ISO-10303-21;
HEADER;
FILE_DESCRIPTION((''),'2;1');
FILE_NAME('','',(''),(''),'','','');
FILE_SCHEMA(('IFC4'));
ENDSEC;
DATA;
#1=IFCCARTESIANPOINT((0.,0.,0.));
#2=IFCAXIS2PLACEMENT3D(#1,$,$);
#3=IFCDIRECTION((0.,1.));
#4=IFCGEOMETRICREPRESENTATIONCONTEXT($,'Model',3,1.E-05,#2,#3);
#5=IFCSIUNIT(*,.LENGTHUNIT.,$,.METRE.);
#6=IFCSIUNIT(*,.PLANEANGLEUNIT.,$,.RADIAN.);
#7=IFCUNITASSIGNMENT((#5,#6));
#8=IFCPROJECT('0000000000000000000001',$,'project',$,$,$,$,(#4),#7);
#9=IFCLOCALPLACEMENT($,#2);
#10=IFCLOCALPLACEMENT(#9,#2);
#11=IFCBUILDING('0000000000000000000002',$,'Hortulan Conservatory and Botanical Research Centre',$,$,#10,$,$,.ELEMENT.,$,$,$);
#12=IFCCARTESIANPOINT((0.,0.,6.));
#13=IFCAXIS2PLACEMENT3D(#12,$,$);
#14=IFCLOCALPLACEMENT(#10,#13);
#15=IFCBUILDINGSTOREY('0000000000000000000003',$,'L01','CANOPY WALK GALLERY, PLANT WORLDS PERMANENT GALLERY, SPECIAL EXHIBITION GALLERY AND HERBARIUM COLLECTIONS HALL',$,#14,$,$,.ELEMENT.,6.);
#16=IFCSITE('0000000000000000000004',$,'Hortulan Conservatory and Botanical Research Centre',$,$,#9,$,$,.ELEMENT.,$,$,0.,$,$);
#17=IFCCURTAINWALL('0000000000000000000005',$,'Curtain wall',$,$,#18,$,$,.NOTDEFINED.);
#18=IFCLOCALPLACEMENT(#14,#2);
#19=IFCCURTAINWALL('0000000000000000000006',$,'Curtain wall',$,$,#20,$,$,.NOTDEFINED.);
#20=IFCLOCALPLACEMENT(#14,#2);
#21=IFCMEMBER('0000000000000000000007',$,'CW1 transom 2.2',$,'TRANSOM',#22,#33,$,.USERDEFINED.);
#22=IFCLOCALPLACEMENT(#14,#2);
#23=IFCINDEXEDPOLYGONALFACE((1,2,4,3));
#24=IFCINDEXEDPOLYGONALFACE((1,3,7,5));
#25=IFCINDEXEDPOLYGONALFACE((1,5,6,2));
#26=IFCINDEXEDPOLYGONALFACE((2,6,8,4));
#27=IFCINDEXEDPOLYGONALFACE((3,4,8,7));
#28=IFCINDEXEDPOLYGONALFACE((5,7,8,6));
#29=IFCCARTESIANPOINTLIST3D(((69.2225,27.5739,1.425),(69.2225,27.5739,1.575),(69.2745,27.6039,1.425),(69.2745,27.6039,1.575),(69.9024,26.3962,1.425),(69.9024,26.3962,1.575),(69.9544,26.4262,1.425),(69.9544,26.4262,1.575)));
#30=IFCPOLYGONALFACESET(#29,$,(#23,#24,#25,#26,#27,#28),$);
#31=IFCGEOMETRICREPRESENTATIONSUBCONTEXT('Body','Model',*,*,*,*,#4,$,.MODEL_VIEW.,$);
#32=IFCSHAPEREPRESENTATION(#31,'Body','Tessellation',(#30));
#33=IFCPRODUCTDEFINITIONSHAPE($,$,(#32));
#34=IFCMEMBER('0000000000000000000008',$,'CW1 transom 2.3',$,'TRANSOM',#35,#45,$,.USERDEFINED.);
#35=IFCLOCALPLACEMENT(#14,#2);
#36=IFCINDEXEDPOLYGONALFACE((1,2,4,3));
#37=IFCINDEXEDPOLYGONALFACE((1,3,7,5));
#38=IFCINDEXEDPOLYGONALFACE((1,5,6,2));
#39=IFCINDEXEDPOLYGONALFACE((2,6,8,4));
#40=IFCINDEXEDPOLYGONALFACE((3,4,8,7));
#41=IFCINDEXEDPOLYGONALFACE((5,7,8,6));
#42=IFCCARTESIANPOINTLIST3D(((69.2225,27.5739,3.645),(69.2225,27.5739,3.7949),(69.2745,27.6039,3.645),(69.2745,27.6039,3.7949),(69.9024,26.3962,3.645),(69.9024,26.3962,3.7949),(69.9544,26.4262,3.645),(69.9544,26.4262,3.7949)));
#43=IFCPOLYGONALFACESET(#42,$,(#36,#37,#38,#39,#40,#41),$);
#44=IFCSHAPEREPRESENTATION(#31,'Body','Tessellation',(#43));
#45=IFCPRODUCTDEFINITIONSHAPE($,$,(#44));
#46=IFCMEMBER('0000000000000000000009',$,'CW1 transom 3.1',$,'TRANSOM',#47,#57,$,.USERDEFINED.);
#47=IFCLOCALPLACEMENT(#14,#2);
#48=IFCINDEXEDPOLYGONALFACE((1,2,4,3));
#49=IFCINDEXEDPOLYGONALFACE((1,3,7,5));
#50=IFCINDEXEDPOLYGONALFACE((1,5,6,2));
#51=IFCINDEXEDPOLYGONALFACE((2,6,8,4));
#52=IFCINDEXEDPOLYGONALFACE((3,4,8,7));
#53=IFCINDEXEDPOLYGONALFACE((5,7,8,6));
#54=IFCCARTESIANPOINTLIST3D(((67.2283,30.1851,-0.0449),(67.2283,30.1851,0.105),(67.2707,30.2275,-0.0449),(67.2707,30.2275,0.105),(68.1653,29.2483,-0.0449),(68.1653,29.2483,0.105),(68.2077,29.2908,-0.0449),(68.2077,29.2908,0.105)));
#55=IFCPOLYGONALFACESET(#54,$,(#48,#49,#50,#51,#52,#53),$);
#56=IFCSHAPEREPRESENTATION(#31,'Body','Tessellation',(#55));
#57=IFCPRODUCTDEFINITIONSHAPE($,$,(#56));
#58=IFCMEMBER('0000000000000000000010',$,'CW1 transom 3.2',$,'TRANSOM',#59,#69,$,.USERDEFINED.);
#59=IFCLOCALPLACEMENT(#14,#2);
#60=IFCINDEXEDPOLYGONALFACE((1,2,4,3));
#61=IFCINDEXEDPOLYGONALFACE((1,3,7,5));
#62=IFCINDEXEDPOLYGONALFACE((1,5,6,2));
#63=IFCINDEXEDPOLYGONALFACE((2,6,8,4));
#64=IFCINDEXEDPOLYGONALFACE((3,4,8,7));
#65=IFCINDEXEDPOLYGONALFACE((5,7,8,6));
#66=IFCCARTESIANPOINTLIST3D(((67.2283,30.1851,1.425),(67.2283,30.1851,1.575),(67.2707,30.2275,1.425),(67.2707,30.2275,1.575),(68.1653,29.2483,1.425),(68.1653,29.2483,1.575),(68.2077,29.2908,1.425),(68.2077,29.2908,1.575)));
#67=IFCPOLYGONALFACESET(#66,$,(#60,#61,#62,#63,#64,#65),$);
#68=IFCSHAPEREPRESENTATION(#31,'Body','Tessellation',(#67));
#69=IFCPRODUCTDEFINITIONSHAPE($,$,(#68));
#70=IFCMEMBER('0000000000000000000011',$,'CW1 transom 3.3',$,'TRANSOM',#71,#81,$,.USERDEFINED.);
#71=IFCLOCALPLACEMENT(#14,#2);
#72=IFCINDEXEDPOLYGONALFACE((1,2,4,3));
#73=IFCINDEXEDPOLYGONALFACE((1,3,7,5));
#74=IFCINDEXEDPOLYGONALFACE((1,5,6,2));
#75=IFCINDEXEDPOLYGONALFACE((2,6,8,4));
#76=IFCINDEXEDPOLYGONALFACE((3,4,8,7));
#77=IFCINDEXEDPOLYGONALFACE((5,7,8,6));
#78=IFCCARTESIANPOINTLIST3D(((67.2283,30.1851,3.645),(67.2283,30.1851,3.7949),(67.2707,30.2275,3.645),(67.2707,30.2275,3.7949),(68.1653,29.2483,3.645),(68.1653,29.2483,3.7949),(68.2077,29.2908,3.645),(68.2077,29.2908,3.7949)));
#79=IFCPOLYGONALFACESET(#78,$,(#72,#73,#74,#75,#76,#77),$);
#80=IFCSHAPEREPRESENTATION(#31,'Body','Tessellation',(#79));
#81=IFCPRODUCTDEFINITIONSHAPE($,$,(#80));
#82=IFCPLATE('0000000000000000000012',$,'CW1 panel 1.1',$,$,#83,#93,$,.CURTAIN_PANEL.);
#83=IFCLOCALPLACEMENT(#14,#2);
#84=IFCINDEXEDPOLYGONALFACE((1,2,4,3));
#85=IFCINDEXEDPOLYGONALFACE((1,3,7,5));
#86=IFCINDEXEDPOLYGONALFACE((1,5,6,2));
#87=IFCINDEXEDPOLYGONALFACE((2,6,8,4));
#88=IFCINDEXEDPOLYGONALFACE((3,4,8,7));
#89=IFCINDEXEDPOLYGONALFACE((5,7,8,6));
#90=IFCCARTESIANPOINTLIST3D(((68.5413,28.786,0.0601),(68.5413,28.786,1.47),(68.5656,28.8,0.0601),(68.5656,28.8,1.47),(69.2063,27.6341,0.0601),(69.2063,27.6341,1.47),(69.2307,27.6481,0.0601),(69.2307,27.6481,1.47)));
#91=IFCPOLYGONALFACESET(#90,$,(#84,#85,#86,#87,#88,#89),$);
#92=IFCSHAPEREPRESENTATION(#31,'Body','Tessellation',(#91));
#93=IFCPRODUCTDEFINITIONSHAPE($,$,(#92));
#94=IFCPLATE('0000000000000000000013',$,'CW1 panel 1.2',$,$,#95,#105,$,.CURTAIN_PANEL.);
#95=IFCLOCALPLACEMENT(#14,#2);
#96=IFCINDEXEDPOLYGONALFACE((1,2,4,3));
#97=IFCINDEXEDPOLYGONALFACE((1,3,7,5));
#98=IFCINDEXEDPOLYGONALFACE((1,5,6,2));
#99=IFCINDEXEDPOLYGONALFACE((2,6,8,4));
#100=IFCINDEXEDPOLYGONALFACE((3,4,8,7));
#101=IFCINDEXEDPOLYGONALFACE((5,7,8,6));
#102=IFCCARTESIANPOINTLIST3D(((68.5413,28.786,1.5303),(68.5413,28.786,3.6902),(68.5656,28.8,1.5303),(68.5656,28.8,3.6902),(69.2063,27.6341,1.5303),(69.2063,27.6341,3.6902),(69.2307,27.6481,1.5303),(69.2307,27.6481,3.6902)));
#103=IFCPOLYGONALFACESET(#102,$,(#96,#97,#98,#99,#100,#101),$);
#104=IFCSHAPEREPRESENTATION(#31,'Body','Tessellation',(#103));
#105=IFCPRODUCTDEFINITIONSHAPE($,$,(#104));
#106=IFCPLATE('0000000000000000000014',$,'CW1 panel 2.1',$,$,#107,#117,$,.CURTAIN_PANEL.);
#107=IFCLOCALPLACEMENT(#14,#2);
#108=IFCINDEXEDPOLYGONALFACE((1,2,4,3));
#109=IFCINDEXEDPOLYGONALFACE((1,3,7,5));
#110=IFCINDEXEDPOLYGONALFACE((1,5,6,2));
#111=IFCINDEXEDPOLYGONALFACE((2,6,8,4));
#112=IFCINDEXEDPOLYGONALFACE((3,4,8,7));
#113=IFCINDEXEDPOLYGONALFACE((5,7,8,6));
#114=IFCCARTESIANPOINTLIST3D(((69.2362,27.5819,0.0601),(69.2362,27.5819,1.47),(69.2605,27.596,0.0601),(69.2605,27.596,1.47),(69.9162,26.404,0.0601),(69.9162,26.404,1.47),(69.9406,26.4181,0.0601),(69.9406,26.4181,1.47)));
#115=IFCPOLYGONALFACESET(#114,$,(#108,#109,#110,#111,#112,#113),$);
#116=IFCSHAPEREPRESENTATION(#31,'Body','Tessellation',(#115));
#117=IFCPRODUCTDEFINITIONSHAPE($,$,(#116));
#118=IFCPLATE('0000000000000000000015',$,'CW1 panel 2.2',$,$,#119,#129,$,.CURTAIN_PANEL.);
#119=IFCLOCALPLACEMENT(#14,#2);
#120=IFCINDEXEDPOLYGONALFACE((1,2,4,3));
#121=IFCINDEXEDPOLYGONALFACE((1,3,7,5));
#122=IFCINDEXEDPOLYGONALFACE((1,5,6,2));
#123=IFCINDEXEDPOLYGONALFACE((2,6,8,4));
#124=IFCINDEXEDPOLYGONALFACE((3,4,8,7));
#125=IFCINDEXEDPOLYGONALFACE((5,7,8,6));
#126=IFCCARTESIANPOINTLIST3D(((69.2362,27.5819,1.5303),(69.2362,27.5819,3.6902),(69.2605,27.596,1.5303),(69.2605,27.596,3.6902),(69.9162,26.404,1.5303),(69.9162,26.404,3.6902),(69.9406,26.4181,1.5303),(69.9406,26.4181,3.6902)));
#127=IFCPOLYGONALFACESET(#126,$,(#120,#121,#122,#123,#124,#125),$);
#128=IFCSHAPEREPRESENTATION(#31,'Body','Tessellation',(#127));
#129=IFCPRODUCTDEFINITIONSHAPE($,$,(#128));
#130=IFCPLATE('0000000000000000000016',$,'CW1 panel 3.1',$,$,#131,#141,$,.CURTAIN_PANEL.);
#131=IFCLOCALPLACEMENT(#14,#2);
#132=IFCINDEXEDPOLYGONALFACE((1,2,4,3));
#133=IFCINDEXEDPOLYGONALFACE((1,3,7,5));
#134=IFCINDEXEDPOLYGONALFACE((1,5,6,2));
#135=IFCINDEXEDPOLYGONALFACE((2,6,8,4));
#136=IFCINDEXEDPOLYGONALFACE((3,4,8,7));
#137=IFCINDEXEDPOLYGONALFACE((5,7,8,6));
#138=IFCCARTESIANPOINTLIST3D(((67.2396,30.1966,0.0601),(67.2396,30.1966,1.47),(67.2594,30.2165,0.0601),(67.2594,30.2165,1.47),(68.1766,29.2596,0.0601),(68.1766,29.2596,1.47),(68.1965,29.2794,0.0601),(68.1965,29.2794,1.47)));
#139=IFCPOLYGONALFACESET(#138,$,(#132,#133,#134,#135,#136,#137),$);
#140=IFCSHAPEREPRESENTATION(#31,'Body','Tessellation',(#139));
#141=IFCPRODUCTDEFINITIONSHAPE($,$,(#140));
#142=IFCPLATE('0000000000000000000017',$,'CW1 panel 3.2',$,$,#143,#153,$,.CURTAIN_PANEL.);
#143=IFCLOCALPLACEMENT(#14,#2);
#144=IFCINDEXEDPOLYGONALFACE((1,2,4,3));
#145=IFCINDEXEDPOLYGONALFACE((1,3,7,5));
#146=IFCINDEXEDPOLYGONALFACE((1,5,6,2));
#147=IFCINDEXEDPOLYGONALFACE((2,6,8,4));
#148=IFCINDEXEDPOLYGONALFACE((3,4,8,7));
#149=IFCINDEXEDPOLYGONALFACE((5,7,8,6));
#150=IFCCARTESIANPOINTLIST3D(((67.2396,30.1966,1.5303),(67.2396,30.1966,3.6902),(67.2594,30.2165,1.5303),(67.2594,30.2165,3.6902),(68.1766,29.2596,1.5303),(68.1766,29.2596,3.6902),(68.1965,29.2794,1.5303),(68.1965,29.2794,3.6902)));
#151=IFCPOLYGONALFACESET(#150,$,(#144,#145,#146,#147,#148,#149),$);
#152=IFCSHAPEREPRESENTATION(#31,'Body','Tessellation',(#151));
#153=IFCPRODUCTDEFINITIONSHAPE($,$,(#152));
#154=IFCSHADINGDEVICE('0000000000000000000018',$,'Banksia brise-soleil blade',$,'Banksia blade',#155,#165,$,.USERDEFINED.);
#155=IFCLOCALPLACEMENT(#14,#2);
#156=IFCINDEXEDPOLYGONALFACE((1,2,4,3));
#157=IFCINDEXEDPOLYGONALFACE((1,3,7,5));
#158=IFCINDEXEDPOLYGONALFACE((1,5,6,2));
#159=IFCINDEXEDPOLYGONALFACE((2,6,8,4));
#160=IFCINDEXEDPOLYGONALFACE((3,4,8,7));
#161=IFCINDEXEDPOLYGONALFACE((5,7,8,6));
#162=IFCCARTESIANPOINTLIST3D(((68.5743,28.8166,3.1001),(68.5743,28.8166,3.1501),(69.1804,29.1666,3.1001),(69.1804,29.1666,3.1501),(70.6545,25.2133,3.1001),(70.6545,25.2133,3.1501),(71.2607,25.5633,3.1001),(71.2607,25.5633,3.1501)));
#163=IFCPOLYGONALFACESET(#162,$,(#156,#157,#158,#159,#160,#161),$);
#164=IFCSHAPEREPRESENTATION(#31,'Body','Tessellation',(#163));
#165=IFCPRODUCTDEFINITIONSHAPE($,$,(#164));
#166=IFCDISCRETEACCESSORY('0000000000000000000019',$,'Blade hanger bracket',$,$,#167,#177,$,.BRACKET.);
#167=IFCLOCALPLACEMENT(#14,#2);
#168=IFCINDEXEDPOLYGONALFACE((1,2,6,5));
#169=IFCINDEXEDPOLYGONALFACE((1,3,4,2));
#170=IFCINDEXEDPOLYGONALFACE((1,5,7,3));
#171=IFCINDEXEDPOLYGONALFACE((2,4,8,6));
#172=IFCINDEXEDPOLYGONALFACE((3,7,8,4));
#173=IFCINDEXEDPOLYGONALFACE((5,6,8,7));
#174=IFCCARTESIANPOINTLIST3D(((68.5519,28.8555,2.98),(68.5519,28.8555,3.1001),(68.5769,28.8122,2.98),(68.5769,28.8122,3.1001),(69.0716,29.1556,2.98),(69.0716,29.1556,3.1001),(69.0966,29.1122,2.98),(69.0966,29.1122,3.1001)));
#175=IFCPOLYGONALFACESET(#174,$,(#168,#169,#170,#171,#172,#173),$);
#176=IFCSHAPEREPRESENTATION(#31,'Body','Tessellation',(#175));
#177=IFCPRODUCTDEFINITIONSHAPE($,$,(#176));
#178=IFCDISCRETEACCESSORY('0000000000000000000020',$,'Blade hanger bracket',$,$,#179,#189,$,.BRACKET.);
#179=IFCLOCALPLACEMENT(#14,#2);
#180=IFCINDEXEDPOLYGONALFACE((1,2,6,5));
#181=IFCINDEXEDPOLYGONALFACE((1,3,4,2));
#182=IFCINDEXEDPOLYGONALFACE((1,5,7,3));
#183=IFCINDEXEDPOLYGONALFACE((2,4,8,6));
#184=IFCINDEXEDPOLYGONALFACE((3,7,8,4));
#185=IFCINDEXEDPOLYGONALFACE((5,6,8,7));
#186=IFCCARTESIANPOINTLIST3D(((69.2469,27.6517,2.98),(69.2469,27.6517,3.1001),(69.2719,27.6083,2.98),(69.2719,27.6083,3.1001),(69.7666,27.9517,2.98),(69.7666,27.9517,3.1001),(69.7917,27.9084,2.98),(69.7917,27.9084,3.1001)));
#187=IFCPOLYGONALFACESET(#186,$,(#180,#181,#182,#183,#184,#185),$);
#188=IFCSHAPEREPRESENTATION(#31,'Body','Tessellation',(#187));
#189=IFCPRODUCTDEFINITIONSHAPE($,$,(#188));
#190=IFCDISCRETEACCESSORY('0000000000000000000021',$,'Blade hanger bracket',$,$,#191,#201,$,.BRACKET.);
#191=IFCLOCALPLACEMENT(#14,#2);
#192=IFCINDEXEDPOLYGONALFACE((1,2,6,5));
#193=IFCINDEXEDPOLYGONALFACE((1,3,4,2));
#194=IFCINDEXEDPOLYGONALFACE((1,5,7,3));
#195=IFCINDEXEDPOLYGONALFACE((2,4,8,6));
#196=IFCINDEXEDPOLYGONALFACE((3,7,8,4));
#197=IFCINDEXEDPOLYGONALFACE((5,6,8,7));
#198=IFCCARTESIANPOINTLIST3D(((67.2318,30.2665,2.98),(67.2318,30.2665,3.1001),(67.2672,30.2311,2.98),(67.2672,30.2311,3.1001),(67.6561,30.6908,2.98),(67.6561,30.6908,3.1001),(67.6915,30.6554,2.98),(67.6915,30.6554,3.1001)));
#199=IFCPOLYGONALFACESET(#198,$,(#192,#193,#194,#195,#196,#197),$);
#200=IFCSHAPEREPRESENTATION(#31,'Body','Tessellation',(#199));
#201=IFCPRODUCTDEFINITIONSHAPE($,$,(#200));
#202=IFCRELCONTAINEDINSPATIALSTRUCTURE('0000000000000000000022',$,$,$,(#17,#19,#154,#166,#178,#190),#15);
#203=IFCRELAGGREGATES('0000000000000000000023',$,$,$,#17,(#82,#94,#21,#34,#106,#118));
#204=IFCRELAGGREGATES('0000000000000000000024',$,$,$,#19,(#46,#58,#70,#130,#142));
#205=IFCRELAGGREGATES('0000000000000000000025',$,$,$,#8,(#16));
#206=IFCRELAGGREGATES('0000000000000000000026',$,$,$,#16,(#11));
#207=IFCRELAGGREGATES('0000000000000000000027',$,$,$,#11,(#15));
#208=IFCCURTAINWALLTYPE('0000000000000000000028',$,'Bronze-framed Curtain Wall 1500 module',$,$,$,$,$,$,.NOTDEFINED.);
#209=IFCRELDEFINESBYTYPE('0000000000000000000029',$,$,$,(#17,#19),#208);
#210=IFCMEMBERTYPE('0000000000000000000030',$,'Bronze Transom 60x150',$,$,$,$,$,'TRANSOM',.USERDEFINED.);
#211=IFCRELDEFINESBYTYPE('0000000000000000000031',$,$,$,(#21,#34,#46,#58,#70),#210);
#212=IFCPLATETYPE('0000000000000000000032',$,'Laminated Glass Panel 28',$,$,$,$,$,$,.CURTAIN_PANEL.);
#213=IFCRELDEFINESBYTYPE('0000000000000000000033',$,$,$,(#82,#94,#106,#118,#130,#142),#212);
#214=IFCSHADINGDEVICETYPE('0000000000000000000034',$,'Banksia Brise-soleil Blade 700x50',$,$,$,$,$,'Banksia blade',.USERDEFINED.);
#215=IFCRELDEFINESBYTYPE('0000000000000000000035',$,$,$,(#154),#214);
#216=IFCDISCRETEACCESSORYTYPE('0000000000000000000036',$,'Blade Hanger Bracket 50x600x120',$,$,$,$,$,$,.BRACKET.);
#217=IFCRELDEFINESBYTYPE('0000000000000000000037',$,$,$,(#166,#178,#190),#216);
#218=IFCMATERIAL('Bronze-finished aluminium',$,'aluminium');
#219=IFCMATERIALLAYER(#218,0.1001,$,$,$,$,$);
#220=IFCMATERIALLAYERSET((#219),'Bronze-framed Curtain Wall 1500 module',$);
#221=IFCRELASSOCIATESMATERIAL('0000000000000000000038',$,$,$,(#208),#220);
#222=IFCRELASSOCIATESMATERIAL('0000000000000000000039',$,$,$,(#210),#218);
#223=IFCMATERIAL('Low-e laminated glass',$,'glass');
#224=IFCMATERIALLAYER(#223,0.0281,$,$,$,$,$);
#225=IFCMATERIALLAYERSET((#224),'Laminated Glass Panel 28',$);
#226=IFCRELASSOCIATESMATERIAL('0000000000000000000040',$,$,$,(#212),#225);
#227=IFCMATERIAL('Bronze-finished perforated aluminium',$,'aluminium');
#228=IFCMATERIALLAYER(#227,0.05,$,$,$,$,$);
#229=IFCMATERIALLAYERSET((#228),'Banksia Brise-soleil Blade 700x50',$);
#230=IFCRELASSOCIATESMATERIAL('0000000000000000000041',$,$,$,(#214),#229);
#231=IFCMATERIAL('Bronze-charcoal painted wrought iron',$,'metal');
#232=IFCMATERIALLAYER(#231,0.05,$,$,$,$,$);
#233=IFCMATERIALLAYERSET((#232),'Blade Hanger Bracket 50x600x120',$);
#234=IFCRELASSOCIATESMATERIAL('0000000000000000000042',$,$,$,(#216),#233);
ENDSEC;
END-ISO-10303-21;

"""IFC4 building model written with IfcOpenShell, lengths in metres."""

from ifc_helpers import new_model, si_unit, direction, frame, origin, origin_2d, place, context, subcontext, project, spatial, rectangle, extrude, material, layer, layer_set, material_profile, profile_set, type_object, element, aggregate, save


model = new_model("IFC4")

# Units and contexts
model_context = context("Model", 3, precision=1e-05, world=origin(), true_north=direction((0.0, 1.0)))
body_context = subcontext(model_context, "Body", "Model", "MODEL_VIEW")
ifc_project = project(units=[si_unit("LENGTHUNIT", "METRE"), si_unit("PLANEANGLEUNIT", "RADIAN")], contexts=[model_context])

# Site, building, storey
site_placement = place(None, origin())
site = spatial("IfcSite", under=ifc_project, at=site_placement, Name="Hortulan Conservatory and Botanical Research Centre", CompositionType="ELEMENT", RefElevation=0.0)
building_placement = place(site_placement, origin())
building = spatial("IfcBuilding", under=site, at=building_placement, Name="Hortulan Conservatory and Botanical Research Centre", CompositionType="ELEMENT")
storey_placement = place(building_placement, frame((0.0, 0.0, 6.0)))
storey = spatial("IfcBuildingStorey", under=building, at=storey_placement, Name="L01", Description="CANOPY WALK GALLERY, PLANT WORLDS PERMANENT GALLERY, SPECIAL EXHIBITION GALLERY AND HERBARIUM COLLECTIONS HALL", CompositionType="ELEMENT", Elevation=6.0)

# Curtain walls
ifc_material_1 = material(Name="Bronze-finished aluminium", Category="aluminium")
ifc_layer_1 = layer(ifc_material_1, 0.1001)
ifc_layer_set_1 = layer_set([ifc_layer_1], Name="Bronze-framed Curtain Wall 1500 module")
curtain_wall_type = type_object("IfcCurtainWallType", Name="Bronze-framed Curtain Wall 1500 module", PredefinedType="NOTDEFINED", material=ifc_layer_set_1)
curtain_wall_1_placement = place(storey_placement, origin())
curtain_wall_1 = element("IfcCurtainWall", 1, at=curtain_wall_1_placement, inside=storey, type_object=curtain_wall_type, Name="Curtain wall", PredefinedType="NOTDEFINED")
curtain_wall_2_placement = place(storey_placement, origin())
curtain_wall_2 = element("IfcCurtainWall", 2, at=curtain_wall_2_placement, inside=storey, type_object=curtain_wall_type, Name="Curtain wall", PredefinedType="NOTDEFINED")

# Members
ifc_material_profile_1 = material_profile(ifc_material_1, rectangle(XDim=0.0601, YDim=0.1499, at=origin_2d()), Name="Bronze Transom 60x150")
ifc_profile_set_1 = profile_set([ifc_material_profile_1], Name="Bronze-finished aluminium")
member_type_1 = type_object("IfcMemberType", Name="Bronze Transom 60x150", ElementType="TRANSOM", PredefinedType="USERDEFINED", material=ifc_profile_set_1)
member_1_placement = place(storey_placement, frame((69.2485, 27.5889, 1.5), z_axis=(0.499981, -0.866036, 0.0), x_axis=(0.866036, 0.499981, 0.0)))
member_1 = element("IfcMember", 3, at=member_1_placement, type_object=member_type_1, Name="CW1 transom 2.2", ObjectType="TRANSOM", PredefinedType="USERDEFINED", context=body_context, shape_type="SweptSolid", body=[
    extrude(rectangle(XDim=0.0601, YDim=0.1499, at=origin_2d()), origin(), (0.0, 0.0, 1.0), 1.3599),
])
member_2_placement = place(storey_placement, frame((69.2485, 27.5889, 3.72), z_axis=(0.499981, -0.866036, 0.0), x_axis=(0.866036, 0.499981, 0.0)))
member_2 = element("IfcMember", 4, at=member_2_placement, type_object=member_type_1, Name="CW1 transom 2.3", ObjectType="TRANSOM", PredefinedType="USERDEFINED", context=body_context, shape_type="SweptSolid", body=[
    extrude(rectangle(XDim=0.0601, YDim=0.1499, at=origin_2d()), origin(), (0.0, 0.0, 1.0), 1.3599),
])
member_3_placement = place(storey_placement, frame((67.2495, 30.2063, 0.03), z_axis=(0.707199, -0.707015, 0.0), x_axis=(0.707015, 0.707199, 0.0)))
member_3 = element("IfcMember", 5, at=member_3_placement, type_object=member_type_1, Name="CW1 transom 3.1", ObjectType="TRANSOM", PredefinedType="USERDEFINED", context=body_context, shape_type="SweptSolid", body=[
    extrude(rectangle(XDim=0.0601, YDim=0.1499, at=origin_2d()), origin(), (0.0, 0.0, 1.0), 1.325),
])
member_4_placement = place(storey_placement, frame((67.2495, 30.2063, 1.5), z_axis=(0.707199, -0.707015, 0.0), x_axis=(0.707015, 0.707199, 0.0)))
member_4 = element("IfcMember", 6, at=member_4_placement, type_object=member_type_1, Name="CW1 transom 3.2", ObjectType="TRANSOM", PredefinedType="USERDEFINED", context=body_context, shape_type="SweptSolid", body=[
    extrude(rectangle(XDim=0.0601, YDim=0.1499, at=origin_2d()), origin(), (0.0, 0.0, 1.0), 1.325),
])
member_5_placement = place(storey_placement, frame((67.2495, 30.2063, 3.72), z_axis=(0.707199, -0.707015, 0.0), x_axis=(0.707015, 0.707199, 0.0)))
member_5 = element("IfcMember", 7, at=member_5_placement, type_object=member_type_1, Name="CW1 transom 3.3", ObjectType="TRANSOM", PredefinedType="USERDEFINED", context=body_context, shape_type="SweptSolid", body=[
    extrude(rectangle(XDim=0.0601, YDim=0.1499, at=origin_2d()), origin(), (0.0, 0.0, 1.0), 1.325),
])

# Plates
ifc_material_2 = material(Name="Low-e laminated glass", Category="glass")
ifc_layer_2 = layer(ifc_material_2, 0.0281)
ifc_layer_set_2 = layer_set([ifc_layer_2], Name="Laminated Glass Panel 28")
plate_type = type_object("IfcPlateType", Name="Laminated Glass Panel 28", PredefinedType="CURTAIN_PANEL", material=ifc_layer_set_2)
plate_1_placement = place(storey_placement, frame((68.886, 28.217, 0.0601), z_axis=(0.0, 0.0, 1.0), x_axis=(0.499981, -0.866036, 0.0)))
plate_1 = element("IfcPlate", 8, at=plate_1_placement, type_object=plate_type, Name="CW1 panel 1.1", PredefinedType="CURTAIN_PANEL", context=body_context, shape_type="SweptSolid", body=[
    extrude(rectangle(XDim=1.3301, YDim=0.0281, at=origin_2d()), origin(), (0.0, 0.0, 1.0), 1.4099),
])
plate_2_placement = place(storey_placement, frame((68.886, 28.217, 1.5303), z_axis=(0.0, 0.0, 1.0), x_axis=(0.499981, -0.866036, 0.0)))
plate_2 = element("IfcPlate", 9, at=plate_2_placement, type_object=plate_type, Name="CW1 panel 1.2", PredefinedType="CURTAIN_PANEL", context=body_context, shape_type="SweptSolid", body=[
    extrude(rectangle(XDim=1.3301, YDim=0.0281, at=origin_2d()), origin(), (0.0, 0.0, 1.0), 2.1599),
])
plate_3_placement = place(storey_placement, frame((69.5884, 27.0, 0.0601), z_axis=(0.0, 0.0, 1.0), x_axis=(0.499981, -0.866036, 0.0)))
plate_3 = element("IfcPlate", 10, at=plate_3_placement, type_object=plate_type, Name="CW1 panel 2.1", PredefinedType="CURTAIN_PANEL", context=body_context, shape_type="SweptSolid", body=[
    extrude(rectangle(XDim=1.3601, YDim=0.0281, at=origin_2d()), origin(), (0.0, 0.0, 1.0), 1.4099),
])
plate_4_placement = place(storey_placement, frame((69.5884, 27.0, 1.5303), z_axis=(0.0, 0.0, 1.0), x_axis=(0.499981, -0.866036, 0.0)))
plate_4 = element("IfcPlate", 11, at=plate_4_placement, type_object=plate_type, Name="CW1 panel 2.2", PredefinedType="CURTAIN_PANEL", context=body_context, shape_type="SweptSolid", body=[
    extrude(rectangle(XDim=1.3601, YDim=0.0281, at=origin_2d()), origin(), (0.0, 0.0, 1.0), 2.1599),
])
aggregate(curtain_wall_1, [plate_1, plate_2, member_1, member_2, plate_3, plate_4])
plate_5_placement = place(storey_placement, frame((67.718, 29.738, 0.0601), z_axis=(0.0, 0.0, 1.0), x_axis=(0.707107, -0.707107, 0.0)))
plate_5 = element("IfcPlate", 12, at=plate_5_placement, type_object=plate_type, Name="CW1 panel 3.1", PredefinedType="CURTAIN_PANEL", context=body_context, shape_type="SweptSolid", body=[
    extrude(rectangle(XDim=1.3252, YDim=0.0281, at=origin_2d()), origin(), (0.0, 0.0, 1.0), 1.4099),
])
plate_6_placement = place(storey_placement, frame((67.718, 29.738, 1.5303), z_axis=(0.0, 0.0, 1.0), x_axis=(0.707107, -0.707107, 0.0)))
plate_6 = element("IfcPlate", 13, at=plate_6_placement, type_object=plate_type, Name="CW1 panel 3.2", PredefinedType="CURTAIN_PANEL", context=body_context, shape_type="SweptSolid", body=[
    extrude(rectangle(XDim=1.3252, YDim=0.0281, at=origin_2d()), origin(), (0.0, 0.0, 1.0), 2.1599),
])
aggregate(curtain_wall_2, [member_3, member_4, member_5, plate_5, plate_6])

# Shading device
ifc_material_3 = material(Name="Bronze-finished perforated aluminium", Category="aluminium")
ifc_layer_3 = layer(ifc_material_3, 0.05)
ifc_layer_set_3 = layer_set([ifc_layer_3], Name="Banksia Brise-soleil Blade 700x50")
shading_device_type = type_object("IfcShadingDeviceType", Name="Banksia Brise-soleil Blade 700x50", ElementType="Banksia blade", PredefinedType="USERDEFINED", material=ifc_layer_set_3)
shading_device_placement = place(storey_placement, frame((69.9175, 27.1899, 3.1001), z_axis=(0.0, 0.0, 1.0), x_axis=(0.499982, -0.866036, 0.0)))
element("IfcShadingDevice", 14, at=shading_device_placement, inside=storey, type_object=shading_device_type, Name="Banksia brise-soleil blade", ObjectType="Banksia blade", PredefinedType="USERDEFINED", context=body_context, shape_type="SweptSolid", body=[
    extrude(rectangle(XDim=4.1606, YDim=0.7, at=origin_2d()), origin(), (0.0, 0.0, 1.0), 0.05),
])

# Discrete accessories
ifc_material_4 = material(Name="Bronze-charcoal painted wrought iron", Category="metal")
ifc_layer_4 = layer(ifc_material_4, 0.05)
ifc_layer_set_4 = layer_set([ifc_layer_4], Name="Blade Hanger Bracket 50x600x120")
discrete_accessory_type = type_object("IfcDiscreteAccessoryType", Name="Blade Hanger Bracket 50x600x120", PredefinedType="BRACKET", material=ifc_layer_set_4)
for number, where, z_axis, x_axis, name in (
    (15, (68.8242, 28.9839, 2.98), (0.0, 0.0, 1.0), (0.499982, -0.866036, 0.0), "Blade hanger bracket"),
    (16, (69.5193, 27.78, 2.98), (0.0, 0.0, 1.0), (0.499982, -0.866036, 0.0), "Blade hanger bracket"),
    (17, (67.4617, 30.4609, 2.98), (0.0, 0.0, 1.0), (0.707107, -0.707107, 0.0), "Blade hanger bracket"),
):
    element("IfcDiscreteAccessory", number, at=place(storey_placement, frame(where, z_axis=z_axis, x_axis=x_axis)), inside=storey, type_object=discrete_accessory_type, Name=name, PredefinedType="BRACKET", context=body_context, shape_type="SweptSolid", body=[
        extrude(rectangle(XDim=0.05, YDim=0.6001, at=origin_2d()), origin(), (0.0, 0.0, 1.0), 0.1201),
    ])

save(model, "model.ifc")
